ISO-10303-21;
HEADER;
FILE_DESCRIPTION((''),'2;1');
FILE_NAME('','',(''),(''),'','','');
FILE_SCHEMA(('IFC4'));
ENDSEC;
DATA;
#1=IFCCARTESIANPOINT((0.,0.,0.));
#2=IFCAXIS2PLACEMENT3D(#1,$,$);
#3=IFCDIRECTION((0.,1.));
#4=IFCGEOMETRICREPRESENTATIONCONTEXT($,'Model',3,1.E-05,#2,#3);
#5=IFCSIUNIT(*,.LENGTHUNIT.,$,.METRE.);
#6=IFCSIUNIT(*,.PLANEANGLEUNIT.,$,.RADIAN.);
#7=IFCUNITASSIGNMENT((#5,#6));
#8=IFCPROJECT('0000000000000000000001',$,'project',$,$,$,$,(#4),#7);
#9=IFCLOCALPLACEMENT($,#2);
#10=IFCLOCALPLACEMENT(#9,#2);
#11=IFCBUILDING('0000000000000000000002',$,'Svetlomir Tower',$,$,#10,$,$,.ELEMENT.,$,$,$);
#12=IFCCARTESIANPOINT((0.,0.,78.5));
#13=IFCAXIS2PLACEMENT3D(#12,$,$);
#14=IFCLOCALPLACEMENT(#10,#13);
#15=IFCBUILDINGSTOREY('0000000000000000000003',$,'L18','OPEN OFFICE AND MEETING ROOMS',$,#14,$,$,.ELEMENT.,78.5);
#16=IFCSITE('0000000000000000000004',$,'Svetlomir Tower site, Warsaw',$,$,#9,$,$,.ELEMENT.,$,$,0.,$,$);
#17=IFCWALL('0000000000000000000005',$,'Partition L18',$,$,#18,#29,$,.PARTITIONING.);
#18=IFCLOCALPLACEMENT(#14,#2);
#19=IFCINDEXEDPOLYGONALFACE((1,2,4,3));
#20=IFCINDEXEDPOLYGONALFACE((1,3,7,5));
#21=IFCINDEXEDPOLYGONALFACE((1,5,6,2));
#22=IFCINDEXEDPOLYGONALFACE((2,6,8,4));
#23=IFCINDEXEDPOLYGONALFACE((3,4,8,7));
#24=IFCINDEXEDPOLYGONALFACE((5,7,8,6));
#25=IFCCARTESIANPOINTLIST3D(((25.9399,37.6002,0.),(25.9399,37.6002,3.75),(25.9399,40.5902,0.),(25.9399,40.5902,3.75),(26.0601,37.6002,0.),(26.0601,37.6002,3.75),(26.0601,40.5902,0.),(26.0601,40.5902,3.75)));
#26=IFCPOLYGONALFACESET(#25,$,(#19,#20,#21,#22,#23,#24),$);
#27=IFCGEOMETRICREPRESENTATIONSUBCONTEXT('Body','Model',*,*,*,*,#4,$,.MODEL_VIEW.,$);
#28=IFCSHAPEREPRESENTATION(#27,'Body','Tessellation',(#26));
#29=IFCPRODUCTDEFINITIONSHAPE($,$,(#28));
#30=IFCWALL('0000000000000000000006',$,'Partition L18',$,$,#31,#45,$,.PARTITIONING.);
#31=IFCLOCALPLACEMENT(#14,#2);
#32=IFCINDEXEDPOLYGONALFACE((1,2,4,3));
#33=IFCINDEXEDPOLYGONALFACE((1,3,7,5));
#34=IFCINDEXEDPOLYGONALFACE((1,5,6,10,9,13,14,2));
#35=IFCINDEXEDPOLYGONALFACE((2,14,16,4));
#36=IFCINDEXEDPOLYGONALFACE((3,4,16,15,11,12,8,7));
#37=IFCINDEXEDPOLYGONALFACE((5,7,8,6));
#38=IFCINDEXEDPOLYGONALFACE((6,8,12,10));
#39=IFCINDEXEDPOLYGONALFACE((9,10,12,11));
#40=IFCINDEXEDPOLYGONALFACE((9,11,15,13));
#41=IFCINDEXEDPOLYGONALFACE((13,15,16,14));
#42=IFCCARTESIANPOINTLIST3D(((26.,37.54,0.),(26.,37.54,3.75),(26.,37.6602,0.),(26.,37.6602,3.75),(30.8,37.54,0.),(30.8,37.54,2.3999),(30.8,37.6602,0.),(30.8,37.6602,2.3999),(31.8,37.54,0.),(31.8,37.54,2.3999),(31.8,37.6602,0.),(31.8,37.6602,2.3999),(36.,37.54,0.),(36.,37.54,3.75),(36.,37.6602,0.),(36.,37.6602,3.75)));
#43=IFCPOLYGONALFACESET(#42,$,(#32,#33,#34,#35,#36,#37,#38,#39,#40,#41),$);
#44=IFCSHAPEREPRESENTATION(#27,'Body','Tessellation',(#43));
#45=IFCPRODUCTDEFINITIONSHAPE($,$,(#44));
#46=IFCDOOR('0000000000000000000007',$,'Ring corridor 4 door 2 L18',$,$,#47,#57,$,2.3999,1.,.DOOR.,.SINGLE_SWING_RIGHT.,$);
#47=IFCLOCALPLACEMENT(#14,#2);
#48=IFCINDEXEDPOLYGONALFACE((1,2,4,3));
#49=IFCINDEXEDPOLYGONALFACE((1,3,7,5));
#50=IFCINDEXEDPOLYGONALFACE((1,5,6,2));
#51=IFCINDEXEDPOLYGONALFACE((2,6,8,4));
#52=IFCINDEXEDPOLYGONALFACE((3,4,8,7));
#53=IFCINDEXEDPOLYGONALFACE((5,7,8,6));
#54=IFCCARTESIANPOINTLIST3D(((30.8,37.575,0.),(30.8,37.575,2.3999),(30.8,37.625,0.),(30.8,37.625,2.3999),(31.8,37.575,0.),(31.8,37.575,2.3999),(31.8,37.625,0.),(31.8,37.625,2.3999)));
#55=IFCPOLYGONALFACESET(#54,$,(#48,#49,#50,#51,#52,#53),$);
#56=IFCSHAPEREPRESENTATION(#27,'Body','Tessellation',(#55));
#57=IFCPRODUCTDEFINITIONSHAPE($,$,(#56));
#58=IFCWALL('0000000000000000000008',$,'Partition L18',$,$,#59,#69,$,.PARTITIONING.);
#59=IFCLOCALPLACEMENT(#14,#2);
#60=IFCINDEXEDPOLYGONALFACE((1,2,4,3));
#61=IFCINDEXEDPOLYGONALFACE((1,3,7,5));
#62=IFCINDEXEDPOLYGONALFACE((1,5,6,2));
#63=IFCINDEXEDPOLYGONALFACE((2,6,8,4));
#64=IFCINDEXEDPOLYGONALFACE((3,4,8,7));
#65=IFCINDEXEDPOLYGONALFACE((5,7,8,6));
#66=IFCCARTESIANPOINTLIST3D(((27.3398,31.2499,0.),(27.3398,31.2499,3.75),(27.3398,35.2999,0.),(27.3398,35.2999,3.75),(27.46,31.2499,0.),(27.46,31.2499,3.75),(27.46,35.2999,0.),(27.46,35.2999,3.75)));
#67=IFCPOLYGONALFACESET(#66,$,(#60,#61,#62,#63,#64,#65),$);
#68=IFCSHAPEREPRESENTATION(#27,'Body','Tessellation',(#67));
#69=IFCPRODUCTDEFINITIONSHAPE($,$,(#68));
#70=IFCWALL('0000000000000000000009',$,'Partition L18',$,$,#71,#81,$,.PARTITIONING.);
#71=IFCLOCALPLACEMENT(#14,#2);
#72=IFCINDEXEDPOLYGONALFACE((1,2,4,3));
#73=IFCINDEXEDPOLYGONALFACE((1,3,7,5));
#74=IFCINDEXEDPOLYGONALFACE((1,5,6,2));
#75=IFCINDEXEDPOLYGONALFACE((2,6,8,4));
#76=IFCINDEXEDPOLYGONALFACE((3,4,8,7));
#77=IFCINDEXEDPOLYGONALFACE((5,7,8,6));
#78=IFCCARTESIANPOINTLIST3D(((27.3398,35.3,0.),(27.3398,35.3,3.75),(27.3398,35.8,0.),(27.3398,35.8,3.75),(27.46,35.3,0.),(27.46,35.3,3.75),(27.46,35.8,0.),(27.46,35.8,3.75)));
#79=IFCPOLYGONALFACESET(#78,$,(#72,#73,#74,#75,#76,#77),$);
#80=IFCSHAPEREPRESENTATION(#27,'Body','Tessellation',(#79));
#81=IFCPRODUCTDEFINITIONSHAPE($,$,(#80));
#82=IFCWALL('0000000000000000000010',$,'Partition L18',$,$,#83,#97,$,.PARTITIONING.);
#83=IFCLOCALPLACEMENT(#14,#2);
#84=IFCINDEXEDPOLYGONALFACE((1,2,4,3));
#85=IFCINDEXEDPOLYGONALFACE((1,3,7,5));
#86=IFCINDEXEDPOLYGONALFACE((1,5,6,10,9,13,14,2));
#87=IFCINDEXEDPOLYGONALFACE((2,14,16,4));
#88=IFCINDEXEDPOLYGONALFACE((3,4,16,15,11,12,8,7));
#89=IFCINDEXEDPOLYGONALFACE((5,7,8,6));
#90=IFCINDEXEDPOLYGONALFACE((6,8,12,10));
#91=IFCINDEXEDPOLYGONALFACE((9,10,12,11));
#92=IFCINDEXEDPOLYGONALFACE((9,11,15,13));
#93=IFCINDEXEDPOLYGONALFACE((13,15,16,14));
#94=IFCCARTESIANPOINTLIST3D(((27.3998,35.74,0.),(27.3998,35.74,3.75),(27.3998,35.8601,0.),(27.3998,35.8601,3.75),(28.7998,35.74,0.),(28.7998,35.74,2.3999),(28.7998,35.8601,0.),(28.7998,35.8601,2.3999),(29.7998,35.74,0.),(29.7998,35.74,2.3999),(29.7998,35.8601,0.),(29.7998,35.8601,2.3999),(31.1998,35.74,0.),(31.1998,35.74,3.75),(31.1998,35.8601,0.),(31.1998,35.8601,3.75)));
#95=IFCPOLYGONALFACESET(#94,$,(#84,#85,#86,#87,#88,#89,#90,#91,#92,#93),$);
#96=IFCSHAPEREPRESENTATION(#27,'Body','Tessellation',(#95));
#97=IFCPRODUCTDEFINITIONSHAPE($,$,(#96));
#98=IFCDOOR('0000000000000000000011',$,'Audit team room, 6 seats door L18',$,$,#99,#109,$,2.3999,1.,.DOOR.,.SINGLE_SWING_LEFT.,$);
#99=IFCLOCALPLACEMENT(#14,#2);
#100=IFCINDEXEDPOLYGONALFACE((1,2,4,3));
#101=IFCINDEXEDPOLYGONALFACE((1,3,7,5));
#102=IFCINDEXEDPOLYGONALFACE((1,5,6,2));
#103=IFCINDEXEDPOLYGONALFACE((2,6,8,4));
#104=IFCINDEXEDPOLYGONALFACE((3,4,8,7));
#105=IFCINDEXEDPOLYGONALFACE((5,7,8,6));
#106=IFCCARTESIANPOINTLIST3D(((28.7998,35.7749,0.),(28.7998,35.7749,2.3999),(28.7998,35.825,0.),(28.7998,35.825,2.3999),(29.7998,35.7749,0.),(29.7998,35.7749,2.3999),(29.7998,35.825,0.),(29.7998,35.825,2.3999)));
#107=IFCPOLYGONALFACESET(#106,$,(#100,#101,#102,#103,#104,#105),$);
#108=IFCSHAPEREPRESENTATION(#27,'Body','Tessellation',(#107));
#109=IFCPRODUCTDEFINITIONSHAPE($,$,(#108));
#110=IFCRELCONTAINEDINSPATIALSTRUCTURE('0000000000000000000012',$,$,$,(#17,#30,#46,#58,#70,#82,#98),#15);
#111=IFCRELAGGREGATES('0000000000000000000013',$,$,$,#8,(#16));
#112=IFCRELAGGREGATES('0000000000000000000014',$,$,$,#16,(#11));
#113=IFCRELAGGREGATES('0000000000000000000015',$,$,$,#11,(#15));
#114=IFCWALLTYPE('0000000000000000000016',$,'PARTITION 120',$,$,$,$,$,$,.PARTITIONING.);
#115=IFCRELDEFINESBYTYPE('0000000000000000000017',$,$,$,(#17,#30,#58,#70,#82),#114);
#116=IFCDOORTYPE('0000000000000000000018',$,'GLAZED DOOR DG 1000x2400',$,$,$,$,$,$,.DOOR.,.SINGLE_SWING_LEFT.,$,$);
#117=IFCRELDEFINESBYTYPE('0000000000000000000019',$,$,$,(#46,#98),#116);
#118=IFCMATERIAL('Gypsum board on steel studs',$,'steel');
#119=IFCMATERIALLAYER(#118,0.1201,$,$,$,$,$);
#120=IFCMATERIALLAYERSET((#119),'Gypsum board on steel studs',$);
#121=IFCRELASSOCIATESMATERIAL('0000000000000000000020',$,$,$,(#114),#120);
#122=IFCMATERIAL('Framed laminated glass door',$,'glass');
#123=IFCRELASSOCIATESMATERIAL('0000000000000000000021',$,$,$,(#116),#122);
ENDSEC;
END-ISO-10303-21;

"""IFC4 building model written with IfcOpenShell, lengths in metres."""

from ifc_helpers import new_model, si_unit, direction, frame, frame_2d, origin, place, context, subcontext, project, spatial, rectangle, extrude, material, layer, layer_set, type_object, element, fill, save


model = new_model("IFC4")

# Units and contexts
model_context = context("Model", 3, precision=1e-05, world=origin(), true_north=direction((0.0, 1.0)))
body_context = subcontext(model_context, "Body", "Model", "MODEL_VIEW")
ifc_project = project(units=[si_unit("LENGTHUNIT", "METRE"), si_unit("PLANEANGLEUNIT", "RADIAN")], contexts=[model_context])

# Site, building, storey
site_placement = place(None, origin())
site = spatial("IfcSite", under=ifc_project, at=site_placement, Name="Svetlomir Tower site, Warsaw", CompositionType="ELEMENT", RefElevation=0.0)
building_placement = place(site_placement, origin())
building = spatial("IfcBuilding", under=site, at=building_placement, Name="Svetlomir Tower", CompositionType="ELEMENT")
storey_placement = place(building_placement, frame((0.0, 0.0, 78.5)))
storey = spatial("IfcBuildingStorey", under=building, at=storey_placement, Name="L18", Description="OPEN OFFICE AND MEETING ROOMS", CompositionType="ELEMENT", Elevation=78.5)

# Shared definitions
ifc_material_1 = material(Name="Gypsum board on steel studs", Category="steel")
ifc_layer_1 = layer(ifc_material_1, 0.1201)
ifc_layer_set_1 = layer_set([ifc_layer_1], Name="Gypsum board on steel studs")
wall_type_1 = type_object("IfcWallType", Name="PARTITION 120", PredefinedType="PARTITIONING", material=ifc_layer_set_1)

# Shared definitions
ifc_material_2 = material(Name="Framed laminated glass door", Category="glass")
door_type_1 = type_object("IfcDoorType", Name="GLAZED DOOR DG 1000x2400", OperationType="SINGLE_SWING_LEFT", PredefinedType="DOOR", material=ifc_material_2)

# Wall
wall_1_placement = place(storey_placement, frame((26.0, 37.6001, 0.0), z_axis=(0.0, 0.0, 1.0), x_axis=(0.0, 1.0, 0.0)))
element("IfcWall", 1, at=wall_1_placement, inside=storey, type_object=wall_type_1, Name="Partition L18", PredefinedType="PARTITIONING", context=body_context, shape_type="SweptSolid", body=[
    extrude(rectangle(XDim=2.99, YDim=0.1201, at=frame_2d((1.4951, 0.0))), origin(), (0.0, 0.0, 1.0), 3.75),
])

# Wall, opening, door
wall_2_placement = place(storey_placement, frame((26.0, 37.6001, 0.0), z_axis=(0.0, 0.0, 1.0), x_axis=(1.0, 0.0, 0.0)))
wall_2 = element("IfcWall", 2, at=wall_2_placement, inside=storey, type_object=wall_type_1, Name="Partition L18", PredefinedType="PARTITIONING", context=body_context, shape_type="SweptSolid", body=[
    extrude(rectangle(XDim=10.0, YDim=0.1201, at=frame_2d((5.0, 0.0))), origin(), (0.0, 0.0, 1.0), 3.75),
])
opening_1_placement = place(wall_2_placement, frame((4.8, 0.0, 0.0)))
opening_1 = element("IfcOpeningElement", 3, at=opening_1_placement, cuts=wall_2, PredefinedType="OPENING", context=body_context, shape_type="SweptSolid", body=[
    extrude(rectangle(XDim=1.0, YDim=2.3999, at=frame_2d((0.5, 1.2))), frame((0.0, 0.0701, 0.0), z_axis=(0.0, -1.0, 0.0), x_axis=(1.0, 0.0, 0.0)), (0.0, 0.0, 1.0), 0.1401),
])
door_1_placement = place(opening_1_placement, origin())
door_1 = element("IfcDoor", 4, at=door_1_placement, inside=storey, type_object=door_type_1, Name="Ring corridor 4 door 2 L18", OperationType="SINGLE_SWING_RIGHT", OverallHeight=2.3999, OverallWidth=1.0, PredefinedType="DOOR", context=body_context, shape_type="SweptSolid", body=[
    extrude(rectangle(XDim=1.0, YDim=2.3999, at=frame_2d((0.5, 1.2))), frame((0.0, 0.0249, 0.0), z_axis=(0.0, -1.0, 0.0), x_axis=(1.0, 0.0, 0.0)), (0.0, 0.0, 1.0), 0.05),
])
fill(opening_1, door_1)

# Walls
wall_3_placement = place(storey_placement, frame((27.3999, 31.25, 0.0), z_axis=(0.0, 0.0, 1.0), x_axis=(0.0, 1.0, 0.0)))
element("IfcWall", 5, at=wall_3_placement, inside=storey, type_object=wall_type_1, Name="Partition L18", PredefinedType="PARTITIONING", context=body_context, shape_type="SweptSolid", body=[
    extrude(rectangle(XDim=4.05, YDim=0.1201, at=frame_2d((2.0249, 0.0))), origin(), (0.0, 0.0, 1.0), 3.75),
])
wall_4_placement = place(storey_placement, frame((27.3999, 35.3, 0.0), z_axis=(0.0, 0.0, 1.0), x_axis=(0.0, 1.0, 0.0)))
element("IfcWall", 6, at=wall_4_placement, inside=storey, type_object=wall_type_1, Name="Partition L18", PredefinedType="PARTITIONING", context=body_context, shape_type="SweptSolid", body=[
    extrude(rectangle(XDim=0.5, YDim=0.1201, at=frame_2d((0.25, 0.0))), origin(), (0.0, 0.0, 1.0), 3.75),
])

# Wall, opening, door
wall_5_placement = place(storey_placement, frame((27.3999, 35.8, 0.0), z_axis=(0.0, 0.0, 1.0), x_axis=(1.0, 0.0, 0.0)))
wall_5 = element("IfcWall", 7, at=wall_5_placement, inside=storey, type_object=wall_type_1, Name="Partition L18", PredefinedType="PARTITIONING", context=body_context, shape_type="SweptSolid", body=[
    extrude(rectangle(XDim=3.8, YDim=0.1201, at=frame_2d((1.8999, 0.0))), origin(), (0.0, 0.0, 1.0), 3.75),
])
opening_2_placement = place(wall_5_placement, frame((1.3999, 0.0, 0.0)))
opening_2 = element("IfcOpeningElement", 8, at=opening_2_placement, cuts=wall_5, PredefinedType="OPENING", context=body_context, shape_type="SweptSolid", body=[
    extrude(rectangle(XDim=1.0, YDim=2.3999, at=frame_2d((0.5, 1.2))), frame((0.0, 0.0701, 0.0), z_axis=(0.0, -1.0, 0.0), x_axis=(1.0, 0.0, 0.0)), (0.0, 0.0, 1.0), 0.1401),
])
door_2_placement = place(opening_2_placement, origin())
door_2 = element("IfcDoor", 9, at=door_2_placement, inside=storey, type_object=door_type_1, Name="Audit team room, 6 seats door L18", OperationType="SINGLE_SWING_LEFT", OverallHeight=2.3999, OverallWidth=1.0, PredefinedType="DOOR", context=body_context, shape_type="SweptSolid", body=[
    extrude(rectangle(XDim=1.0, YDim=2.3999, at=frame_2d((0.5, 1.2))), frame((0.0, 0.0249, 0.0), z_axis=(0.0, -1.0, 0.0), x_axis=(1.0, 0.0, 0.0)), (0.0, 0.0, 1.0), 0.05),
])
fill(opening_2, door_2)

save(model, "model.ifc")
